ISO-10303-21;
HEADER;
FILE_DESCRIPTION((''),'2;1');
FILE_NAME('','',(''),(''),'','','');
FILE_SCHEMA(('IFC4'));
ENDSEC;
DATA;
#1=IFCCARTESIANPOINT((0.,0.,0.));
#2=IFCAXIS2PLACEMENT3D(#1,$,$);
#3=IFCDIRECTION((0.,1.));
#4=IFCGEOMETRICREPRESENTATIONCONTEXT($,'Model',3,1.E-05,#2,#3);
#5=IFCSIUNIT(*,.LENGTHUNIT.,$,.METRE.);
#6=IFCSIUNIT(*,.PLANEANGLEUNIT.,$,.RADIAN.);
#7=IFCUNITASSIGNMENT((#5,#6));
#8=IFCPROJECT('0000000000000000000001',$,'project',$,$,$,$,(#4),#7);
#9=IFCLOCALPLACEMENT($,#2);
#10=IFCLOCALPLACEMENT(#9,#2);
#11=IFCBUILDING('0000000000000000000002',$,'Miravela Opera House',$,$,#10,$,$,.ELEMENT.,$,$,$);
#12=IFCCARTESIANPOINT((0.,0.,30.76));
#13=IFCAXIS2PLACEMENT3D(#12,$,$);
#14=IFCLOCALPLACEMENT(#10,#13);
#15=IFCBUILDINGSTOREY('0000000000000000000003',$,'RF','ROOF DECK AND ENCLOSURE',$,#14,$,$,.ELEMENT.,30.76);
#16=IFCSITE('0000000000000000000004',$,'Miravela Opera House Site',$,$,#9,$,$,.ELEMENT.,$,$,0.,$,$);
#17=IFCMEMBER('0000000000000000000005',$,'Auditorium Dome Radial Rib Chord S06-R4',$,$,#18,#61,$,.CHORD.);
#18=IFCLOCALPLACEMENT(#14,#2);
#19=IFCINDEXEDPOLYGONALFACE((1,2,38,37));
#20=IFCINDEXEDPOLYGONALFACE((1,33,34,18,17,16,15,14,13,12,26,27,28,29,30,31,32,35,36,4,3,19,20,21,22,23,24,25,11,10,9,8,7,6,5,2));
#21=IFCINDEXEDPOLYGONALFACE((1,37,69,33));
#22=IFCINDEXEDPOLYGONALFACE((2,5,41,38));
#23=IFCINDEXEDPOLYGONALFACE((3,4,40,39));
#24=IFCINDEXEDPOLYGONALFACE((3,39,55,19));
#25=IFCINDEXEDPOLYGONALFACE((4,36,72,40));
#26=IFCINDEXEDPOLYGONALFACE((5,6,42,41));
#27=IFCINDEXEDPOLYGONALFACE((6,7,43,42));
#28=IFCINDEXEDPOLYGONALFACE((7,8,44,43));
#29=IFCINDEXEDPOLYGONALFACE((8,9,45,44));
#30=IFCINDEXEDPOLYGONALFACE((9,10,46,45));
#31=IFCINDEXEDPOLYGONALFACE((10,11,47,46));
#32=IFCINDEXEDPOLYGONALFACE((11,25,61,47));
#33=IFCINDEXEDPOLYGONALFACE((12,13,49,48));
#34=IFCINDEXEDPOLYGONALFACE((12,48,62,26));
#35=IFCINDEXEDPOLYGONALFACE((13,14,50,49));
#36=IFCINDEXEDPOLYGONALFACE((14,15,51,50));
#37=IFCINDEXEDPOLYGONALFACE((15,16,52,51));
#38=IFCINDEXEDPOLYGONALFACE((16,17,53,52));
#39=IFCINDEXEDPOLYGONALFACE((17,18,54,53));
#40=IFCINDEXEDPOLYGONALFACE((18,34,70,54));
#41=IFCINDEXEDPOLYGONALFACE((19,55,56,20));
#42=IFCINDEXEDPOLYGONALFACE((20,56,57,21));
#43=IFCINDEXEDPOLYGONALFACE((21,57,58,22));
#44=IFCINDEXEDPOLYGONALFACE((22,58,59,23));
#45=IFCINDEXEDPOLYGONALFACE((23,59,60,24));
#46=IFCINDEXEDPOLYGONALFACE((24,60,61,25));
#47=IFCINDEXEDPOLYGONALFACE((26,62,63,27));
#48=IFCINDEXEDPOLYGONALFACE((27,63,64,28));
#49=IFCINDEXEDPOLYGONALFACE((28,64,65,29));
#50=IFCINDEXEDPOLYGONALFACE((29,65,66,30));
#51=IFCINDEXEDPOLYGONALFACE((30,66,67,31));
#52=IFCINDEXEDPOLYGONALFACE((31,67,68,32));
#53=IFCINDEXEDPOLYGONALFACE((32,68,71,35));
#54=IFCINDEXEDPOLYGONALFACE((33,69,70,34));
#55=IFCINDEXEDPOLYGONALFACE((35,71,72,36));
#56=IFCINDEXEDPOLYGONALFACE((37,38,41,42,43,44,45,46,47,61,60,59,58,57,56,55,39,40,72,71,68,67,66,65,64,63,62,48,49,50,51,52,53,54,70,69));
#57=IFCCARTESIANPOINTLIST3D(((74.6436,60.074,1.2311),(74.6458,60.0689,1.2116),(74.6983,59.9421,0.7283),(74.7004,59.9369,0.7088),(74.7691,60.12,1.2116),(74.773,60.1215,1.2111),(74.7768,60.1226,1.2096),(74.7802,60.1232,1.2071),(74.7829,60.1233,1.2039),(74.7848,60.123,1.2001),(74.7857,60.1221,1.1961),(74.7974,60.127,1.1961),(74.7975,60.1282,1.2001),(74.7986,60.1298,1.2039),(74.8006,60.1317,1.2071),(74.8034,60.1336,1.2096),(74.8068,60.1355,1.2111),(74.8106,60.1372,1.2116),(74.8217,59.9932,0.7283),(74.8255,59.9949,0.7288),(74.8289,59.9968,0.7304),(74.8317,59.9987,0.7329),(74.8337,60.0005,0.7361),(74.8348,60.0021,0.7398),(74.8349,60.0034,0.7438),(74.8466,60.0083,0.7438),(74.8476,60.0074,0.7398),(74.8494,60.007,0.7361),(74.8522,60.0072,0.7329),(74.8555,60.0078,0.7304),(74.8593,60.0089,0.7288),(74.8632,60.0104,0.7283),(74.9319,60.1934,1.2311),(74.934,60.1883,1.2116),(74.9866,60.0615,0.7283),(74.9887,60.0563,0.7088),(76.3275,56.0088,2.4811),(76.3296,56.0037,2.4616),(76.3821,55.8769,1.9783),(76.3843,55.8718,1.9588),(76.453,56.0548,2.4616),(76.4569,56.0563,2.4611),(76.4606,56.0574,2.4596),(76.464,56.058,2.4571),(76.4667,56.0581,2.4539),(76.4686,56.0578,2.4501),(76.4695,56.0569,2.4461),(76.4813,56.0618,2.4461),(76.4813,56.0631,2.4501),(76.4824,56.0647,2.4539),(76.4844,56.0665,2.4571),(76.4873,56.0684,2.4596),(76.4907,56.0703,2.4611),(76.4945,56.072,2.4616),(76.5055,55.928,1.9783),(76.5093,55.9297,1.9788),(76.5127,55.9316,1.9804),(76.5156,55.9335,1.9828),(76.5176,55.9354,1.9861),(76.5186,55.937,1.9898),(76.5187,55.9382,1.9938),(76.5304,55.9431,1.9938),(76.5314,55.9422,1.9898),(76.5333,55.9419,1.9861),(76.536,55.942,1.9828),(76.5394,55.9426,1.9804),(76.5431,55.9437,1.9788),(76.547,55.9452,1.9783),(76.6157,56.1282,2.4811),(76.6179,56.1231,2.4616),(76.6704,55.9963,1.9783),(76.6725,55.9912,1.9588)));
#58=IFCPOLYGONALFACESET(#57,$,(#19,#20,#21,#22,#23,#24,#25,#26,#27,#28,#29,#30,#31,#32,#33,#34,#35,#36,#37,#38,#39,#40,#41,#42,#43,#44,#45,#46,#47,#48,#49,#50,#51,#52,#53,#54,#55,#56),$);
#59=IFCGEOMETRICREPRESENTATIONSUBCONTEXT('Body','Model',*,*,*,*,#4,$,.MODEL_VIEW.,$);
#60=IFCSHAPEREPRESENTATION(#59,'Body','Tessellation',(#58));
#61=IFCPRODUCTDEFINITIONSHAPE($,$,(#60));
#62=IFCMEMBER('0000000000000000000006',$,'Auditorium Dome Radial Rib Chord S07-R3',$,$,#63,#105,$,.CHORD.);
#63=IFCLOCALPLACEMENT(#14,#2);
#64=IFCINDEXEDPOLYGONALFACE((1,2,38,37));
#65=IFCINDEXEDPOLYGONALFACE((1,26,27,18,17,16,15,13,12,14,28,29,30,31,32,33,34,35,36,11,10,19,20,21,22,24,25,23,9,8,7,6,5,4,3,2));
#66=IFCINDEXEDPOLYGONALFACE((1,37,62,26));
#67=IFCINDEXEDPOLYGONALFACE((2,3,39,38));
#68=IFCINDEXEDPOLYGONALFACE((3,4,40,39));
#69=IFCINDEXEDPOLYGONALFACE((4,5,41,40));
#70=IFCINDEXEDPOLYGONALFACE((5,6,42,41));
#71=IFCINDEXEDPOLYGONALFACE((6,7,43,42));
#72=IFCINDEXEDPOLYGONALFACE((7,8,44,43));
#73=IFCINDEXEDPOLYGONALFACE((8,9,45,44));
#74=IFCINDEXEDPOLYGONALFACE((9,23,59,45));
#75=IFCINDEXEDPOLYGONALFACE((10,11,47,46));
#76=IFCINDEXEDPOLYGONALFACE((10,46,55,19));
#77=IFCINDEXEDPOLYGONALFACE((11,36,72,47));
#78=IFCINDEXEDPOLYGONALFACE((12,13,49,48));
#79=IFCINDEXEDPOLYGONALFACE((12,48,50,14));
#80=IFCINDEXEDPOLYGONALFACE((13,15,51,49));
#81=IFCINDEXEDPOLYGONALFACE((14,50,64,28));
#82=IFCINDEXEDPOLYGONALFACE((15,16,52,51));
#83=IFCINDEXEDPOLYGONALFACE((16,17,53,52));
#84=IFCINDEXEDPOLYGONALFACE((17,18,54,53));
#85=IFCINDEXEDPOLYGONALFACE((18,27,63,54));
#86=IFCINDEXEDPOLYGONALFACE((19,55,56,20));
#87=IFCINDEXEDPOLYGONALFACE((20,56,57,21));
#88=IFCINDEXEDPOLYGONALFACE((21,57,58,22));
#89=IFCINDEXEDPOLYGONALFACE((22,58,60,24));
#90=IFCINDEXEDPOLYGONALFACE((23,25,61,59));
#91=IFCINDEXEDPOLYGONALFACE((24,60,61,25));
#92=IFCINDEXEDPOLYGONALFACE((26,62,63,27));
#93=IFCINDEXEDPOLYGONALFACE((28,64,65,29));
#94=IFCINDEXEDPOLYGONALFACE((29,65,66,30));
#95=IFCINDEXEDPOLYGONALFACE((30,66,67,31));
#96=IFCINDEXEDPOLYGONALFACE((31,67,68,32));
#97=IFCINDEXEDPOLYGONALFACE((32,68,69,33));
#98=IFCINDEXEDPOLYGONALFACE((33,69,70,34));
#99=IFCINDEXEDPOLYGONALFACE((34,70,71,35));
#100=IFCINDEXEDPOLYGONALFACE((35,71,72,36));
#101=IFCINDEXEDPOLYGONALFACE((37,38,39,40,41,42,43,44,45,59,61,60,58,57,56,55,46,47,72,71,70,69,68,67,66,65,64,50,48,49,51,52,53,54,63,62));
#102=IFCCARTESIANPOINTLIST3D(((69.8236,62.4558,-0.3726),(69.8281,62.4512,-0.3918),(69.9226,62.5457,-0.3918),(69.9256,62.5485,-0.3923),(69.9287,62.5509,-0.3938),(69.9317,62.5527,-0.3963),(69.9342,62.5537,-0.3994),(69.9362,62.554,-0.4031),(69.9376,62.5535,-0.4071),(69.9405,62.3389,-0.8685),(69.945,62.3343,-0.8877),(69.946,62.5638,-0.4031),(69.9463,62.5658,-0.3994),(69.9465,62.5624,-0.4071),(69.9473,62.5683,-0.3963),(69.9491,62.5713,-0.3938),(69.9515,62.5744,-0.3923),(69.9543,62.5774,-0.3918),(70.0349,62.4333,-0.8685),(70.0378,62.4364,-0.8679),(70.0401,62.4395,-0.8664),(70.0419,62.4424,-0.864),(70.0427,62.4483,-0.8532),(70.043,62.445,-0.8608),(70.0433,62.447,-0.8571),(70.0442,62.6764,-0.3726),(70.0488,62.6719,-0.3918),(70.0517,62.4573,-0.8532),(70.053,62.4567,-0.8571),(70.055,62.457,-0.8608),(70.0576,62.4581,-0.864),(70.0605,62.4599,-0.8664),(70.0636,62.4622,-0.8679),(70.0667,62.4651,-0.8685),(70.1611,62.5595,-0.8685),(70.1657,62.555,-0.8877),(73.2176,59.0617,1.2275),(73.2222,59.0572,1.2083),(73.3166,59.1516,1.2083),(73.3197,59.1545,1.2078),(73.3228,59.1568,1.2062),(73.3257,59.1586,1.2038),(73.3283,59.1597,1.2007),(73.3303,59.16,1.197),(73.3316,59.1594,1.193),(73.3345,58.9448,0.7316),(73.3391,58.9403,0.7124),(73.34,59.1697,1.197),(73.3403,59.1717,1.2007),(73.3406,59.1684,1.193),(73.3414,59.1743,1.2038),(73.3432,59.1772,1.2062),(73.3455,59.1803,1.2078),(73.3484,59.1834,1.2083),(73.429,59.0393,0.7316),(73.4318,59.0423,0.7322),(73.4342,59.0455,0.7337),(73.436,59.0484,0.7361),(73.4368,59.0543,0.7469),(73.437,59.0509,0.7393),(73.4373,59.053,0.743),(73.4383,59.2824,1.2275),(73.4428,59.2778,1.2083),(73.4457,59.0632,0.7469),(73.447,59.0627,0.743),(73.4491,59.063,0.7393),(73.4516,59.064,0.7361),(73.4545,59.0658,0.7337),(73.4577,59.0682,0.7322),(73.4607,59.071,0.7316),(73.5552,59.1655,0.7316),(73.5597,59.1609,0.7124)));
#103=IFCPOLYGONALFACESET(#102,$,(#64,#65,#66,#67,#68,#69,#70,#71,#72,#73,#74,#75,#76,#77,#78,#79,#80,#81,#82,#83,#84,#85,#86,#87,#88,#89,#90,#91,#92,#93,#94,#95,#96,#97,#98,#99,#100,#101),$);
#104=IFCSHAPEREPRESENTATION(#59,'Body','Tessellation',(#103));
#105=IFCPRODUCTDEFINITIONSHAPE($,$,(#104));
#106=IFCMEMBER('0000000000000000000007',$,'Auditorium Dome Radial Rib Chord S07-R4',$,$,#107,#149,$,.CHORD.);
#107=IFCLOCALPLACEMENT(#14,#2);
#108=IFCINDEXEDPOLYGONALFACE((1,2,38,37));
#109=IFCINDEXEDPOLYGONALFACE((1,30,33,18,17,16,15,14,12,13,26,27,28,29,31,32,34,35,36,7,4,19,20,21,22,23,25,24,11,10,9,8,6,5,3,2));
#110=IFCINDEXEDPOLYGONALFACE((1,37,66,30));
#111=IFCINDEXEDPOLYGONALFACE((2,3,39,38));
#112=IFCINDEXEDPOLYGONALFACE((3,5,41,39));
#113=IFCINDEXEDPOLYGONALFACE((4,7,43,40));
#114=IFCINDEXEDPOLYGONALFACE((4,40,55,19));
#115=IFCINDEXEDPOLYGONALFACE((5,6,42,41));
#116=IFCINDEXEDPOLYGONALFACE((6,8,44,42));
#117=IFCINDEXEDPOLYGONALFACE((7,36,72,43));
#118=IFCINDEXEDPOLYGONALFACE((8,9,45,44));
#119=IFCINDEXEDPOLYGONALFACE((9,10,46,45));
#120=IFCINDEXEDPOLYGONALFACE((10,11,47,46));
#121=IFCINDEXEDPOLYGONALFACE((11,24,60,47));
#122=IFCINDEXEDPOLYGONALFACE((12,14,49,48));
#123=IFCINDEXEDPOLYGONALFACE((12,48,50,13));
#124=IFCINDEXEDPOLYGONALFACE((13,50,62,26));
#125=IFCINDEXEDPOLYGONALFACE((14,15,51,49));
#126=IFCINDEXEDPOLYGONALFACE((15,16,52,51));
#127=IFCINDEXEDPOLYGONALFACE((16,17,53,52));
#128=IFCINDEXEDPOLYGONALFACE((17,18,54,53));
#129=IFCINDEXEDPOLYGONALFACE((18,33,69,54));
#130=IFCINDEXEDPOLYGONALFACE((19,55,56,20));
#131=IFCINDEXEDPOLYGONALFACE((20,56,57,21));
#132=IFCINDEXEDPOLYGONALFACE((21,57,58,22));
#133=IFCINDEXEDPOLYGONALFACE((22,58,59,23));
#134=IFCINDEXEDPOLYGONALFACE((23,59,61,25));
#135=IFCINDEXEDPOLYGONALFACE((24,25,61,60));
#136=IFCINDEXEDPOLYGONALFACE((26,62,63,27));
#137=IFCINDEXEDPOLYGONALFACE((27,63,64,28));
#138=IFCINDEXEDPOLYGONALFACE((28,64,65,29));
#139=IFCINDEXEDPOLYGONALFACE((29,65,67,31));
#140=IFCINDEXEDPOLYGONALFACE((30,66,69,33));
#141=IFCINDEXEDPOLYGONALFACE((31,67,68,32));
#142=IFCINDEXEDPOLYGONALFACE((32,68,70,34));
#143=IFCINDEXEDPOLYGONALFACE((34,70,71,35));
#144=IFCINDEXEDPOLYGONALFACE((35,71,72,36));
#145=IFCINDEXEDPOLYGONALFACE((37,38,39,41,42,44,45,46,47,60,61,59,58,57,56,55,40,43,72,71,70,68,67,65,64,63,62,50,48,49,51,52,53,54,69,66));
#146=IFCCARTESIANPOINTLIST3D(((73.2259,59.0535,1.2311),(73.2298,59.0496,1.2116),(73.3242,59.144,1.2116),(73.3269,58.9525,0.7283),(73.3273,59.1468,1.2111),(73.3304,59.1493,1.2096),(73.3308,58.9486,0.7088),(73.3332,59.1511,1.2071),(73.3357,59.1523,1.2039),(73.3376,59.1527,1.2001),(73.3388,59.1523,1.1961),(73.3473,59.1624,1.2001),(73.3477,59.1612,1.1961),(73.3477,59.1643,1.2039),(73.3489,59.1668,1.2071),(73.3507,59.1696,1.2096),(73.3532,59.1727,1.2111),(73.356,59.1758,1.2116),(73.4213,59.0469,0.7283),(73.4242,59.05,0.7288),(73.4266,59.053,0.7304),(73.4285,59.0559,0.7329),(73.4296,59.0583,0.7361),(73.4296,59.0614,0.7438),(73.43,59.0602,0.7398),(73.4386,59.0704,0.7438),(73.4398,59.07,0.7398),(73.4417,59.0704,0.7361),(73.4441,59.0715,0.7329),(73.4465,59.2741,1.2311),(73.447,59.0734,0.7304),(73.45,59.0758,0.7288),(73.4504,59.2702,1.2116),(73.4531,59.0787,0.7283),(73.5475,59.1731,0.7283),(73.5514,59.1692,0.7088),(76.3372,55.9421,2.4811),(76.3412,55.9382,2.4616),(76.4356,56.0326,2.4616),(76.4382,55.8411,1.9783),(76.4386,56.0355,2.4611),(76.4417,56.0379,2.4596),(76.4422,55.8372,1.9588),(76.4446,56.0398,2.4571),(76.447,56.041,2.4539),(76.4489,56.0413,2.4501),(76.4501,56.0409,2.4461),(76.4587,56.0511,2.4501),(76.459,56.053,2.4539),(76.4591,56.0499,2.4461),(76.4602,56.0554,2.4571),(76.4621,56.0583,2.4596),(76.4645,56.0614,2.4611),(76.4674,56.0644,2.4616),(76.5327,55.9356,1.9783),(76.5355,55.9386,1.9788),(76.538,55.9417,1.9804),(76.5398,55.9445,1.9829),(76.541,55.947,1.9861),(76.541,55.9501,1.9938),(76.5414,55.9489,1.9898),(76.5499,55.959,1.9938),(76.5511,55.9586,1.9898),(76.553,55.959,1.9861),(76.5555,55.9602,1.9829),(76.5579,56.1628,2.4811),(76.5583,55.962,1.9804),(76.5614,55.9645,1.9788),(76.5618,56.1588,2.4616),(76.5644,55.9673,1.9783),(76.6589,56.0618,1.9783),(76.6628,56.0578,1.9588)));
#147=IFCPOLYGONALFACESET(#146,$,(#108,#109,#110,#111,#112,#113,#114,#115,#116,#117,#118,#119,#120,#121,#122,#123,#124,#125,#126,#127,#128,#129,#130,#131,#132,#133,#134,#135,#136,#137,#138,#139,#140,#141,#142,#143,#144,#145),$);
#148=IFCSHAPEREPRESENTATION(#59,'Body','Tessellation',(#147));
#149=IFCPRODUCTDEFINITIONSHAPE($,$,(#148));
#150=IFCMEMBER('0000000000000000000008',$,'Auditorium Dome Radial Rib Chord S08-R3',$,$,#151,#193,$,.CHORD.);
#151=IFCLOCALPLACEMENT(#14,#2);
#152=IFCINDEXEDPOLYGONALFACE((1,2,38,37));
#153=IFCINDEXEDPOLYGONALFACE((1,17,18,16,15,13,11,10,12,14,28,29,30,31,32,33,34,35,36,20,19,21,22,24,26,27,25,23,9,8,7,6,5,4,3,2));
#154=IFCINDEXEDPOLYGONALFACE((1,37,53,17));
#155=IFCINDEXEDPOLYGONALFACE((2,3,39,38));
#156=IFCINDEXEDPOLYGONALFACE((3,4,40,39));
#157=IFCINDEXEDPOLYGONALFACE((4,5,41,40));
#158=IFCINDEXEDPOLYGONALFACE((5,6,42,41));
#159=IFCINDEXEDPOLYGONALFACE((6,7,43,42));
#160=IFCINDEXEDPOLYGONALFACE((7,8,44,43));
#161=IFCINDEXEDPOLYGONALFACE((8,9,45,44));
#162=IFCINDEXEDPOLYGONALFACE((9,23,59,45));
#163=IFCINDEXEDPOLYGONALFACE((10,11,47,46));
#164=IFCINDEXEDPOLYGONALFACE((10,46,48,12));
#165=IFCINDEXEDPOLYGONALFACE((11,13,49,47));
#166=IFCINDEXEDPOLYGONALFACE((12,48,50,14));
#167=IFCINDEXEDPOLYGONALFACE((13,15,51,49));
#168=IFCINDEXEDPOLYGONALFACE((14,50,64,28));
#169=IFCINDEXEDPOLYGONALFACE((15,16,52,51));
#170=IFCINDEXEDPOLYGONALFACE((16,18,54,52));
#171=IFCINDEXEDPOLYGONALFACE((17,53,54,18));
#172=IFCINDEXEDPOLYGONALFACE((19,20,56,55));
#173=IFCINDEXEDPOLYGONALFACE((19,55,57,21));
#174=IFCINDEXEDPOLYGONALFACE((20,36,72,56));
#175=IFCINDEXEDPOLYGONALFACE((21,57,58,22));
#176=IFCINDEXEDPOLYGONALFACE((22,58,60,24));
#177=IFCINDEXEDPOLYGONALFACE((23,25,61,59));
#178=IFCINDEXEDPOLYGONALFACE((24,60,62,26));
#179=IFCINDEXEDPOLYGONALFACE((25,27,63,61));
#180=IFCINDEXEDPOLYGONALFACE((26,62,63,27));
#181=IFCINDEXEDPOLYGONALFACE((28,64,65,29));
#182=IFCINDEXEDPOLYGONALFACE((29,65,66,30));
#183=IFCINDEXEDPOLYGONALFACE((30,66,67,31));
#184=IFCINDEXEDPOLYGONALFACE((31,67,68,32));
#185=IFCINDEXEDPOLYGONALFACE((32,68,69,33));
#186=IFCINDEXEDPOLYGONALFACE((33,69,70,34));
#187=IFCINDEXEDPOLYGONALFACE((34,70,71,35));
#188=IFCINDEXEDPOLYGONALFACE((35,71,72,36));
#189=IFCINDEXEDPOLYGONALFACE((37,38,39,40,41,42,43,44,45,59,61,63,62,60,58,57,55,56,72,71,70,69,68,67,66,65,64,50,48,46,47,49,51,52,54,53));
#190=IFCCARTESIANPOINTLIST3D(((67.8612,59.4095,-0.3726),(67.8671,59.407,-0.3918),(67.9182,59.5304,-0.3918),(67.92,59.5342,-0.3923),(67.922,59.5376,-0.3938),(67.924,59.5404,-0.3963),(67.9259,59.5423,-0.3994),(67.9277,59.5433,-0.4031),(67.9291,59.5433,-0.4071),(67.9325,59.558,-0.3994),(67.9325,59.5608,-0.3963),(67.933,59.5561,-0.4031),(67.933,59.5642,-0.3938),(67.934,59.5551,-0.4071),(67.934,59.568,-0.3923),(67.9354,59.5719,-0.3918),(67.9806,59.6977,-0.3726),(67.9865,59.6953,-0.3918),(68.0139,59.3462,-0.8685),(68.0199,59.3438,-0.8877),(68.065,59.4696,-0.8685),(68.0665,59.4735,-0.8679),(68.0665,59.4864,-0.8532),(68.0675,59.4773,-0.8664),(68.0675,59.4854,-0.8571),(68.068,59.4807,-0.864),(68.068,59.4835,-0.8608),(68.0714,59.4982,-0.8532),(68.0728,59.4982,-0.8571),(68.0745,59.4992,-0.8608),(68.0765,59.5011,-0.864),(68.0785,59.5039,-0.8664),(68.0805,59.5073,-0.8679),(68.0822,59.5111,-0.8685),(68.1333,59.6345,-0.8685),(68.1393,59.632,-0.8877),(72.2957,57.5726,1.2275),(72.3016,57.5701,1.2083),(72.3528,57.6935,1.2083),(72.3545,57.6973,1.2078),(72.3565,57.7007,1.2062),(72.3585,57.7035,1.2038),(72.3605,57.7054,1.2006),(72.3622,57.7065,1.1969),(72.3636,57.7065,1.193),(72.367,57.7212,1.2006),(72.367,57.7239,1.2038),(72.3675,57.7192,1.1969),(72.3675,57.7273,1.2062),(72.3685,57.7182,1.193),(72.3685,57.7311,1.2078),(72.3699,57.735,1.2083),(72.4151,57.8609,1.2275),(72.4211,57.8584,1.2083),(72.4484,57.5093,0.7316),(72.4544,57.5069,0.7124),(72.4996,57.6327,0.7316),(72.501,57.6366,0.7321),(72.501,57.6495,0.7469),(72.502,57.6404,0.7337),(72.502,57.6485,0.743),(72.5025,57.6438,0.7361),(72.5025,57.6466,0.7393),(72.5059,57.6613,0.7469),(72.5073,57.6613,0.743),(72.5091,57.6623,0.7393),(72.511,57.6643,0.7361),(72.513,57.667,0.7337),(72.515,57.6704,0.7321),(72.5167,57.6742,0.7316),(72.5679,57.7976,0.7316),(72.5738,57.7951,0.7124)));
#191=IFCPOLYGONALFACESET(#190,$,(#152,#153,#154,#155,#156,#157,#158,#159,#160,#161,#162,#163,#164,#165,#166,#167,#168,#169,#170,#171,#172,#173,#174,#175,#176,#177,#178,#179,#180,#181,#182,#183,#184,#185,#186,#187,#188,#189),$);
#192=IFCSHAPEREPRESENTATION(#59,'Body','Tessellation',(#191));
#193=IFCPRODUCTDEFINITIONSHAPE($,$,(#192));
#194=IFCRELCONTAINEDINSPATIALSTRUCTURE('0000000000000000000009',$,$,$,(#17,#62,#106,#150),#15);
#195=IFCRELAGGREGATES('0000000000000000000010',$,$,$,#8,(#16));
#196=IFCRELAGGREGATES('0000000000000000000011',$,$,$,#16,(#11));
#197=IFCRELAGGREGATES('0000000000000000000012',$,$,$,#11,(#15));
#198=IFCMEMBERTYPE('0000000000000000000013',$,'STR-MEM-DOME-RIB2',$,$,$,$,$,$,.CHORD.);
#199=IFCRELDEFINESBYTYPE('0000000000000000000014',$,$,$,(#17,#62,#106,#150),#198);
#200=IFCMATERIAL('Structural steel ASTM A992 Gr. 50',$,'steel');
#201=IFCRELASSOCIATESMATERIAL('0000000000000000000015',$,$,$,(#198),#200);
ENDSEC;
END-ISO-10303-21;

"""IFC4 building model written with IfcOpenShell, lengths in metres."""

from ifc_helpers import new_model, si_unit, direction, frame, origin, origin_2d, place, context, subcontext, project, spatial, i_section, extrude, material, material_profile, profile_set, type_object, element, save


model = new_model("IFC4")

# Units and contexts
model_context = context("Model", 3, precision=1e-05, world=origin(), true_north=direction((0.0, 1.0)))
body_context = subcontext(model_context, "Body", "Model", "MODEL_VIEW")
ifc_project = project(units=[si_unit("LENGTHUNIT", "METRE"), si_unit("PLANEANGLEUNIT", "RADIAN")], contexts=[model_context])

# Site, building, storey
site_placement = place(None, origin())
site = spatial("IfcSite", under=ifc_project, at=site_placement, Name="Miravela Opera House Site", CompositionType="ELEMENT", RefElevation=0.0)
building_placement = place(site_placement, origin())
building = spatial("IfcBuilding", under=site, at=building_placement, Name="Miravela Opera House", CompositionType="ELEMENT")
storey_placement = place(building_placement, frame((0.0, 0.0, 30.76)))
storey = spatial("IfcBuildingStorey", under=building, at=storey_placement, Name="RF", Description="ROOF DECK AND ENCLOSURE", CompositionType="ELEMENT", Elevation=30.76)

# Shared definitions
ifc_material_1 = material(Name="Structural steel ASTM A992 Gr. 50", Category="steel")

# Members
ifc_material_profile_1 = material_profile(ifc_material_1, i_section(OverallWidth=0.312, OverallDepth=0.543, WebThickness=0.0127, FlangeThickness=0.0203, FilletRadius=0.0161, at=origin_2d()), Name="W530X150")
ifc_profile_set_1 = profile_set([ifc_material_profile_1])
member_type_1 = type_object("IfcMemberType", Name="STR-MEM-DOME-RIB2", PredefinedType="CHORD", material=ifc_profile_set_1)
member_1_placement = place(storey_placement, frame((74.8162, 60.0652, 0.97), z_axis=(0.368114, -0.888715, 0.27327), x_axis=(0.923881, 0.38268, 0.0)))
element("IfcMember", 1, at=member_1_placement, inside=storey, type_object=member_type_1, Name="Auditorium Dome Radial Rib Chord S06-R4", PredefinedType="CHORD", context=body_context, shape_type="SweptSolid", body=[
    extrude(i_section(OverallWidth=0.312, OverallDepth=0.543, WebThickness=0.0127, FlangeThickness=0.0203, FilletRadius=0.0161, at=origin_2d()), origin(), (0.0, 0.0, 1.0), 4.5742),
])
member_2_placement = place(storey_placement, frame((69.9946, 62.5054, -0.6301), z_axis=(0.670815, -0.670815, 0.316251), x_axis=(0.707107, 0.707107, 0.0)))
element("IfcMember", 2, at=member_2_placement, inside=storey, type_object=member_type_1, Name="Auditorium Dome Radial Rib Chord S07-R3", PredefinedType="CHORD", context=body_context, shape_type="SweptSolid", body=[
    extrude(i_section(OverallWidth=0.312, OverallDepth=0.543, WebThickness=0.0127, FlangeThickness=0.0203, FilletRadius=0.0161, at=origin_2d()), origin(), (0.0, 0.0, 1.0), 5.0596),
])
member_3_placement = place(storey_placement, frame((73.3887, 59.1113, 0.97), z_axis=(0.680192, -0.680192, 0.273272), x_axis=(0.707107, 0.707107, 0.0)))
element("IfcMember", 3, at=member_3_placement, inside=storey, type_object=member_type_1, Name="Auditorium Dome Radial Rib Chord S07-R4", PredefinedType="CHORD", context=body_context, shape_type="SweptSolid", body=[
    extrude(i_section(OverallWidth=0.312, OverallDepth=0.543, WebThickness=0.0127, FlangeThickness=0.0203, FilletRadius=0.0161, at=origin_2d()), origin(), (0.0, 0.0, 1.0), 4.5742),
])
member_4_placement = place(storey_placement, frame((68.0002, 59.5208, -0.6301), z_axis=(0.876459, -0.363052, 0.316247), x_axis=(0.382693, 0.923875, 0.0)))
element("IfcMember", 4, at=member_4_placement, inside=storey, type_object=member_type_1, Name="Auditorium Dome Radial Rib Chord S08-R3", PredefinedType="CHORD", context=body_context, shape_type="SweptSolid", body=[
    extrude(i_section(OverallWidth=0.312, OverallDepth=0.543, WebThickness=0.0127, FlangeThickness=0.0203, FilletRadius=0.0161, at=origin_2d()), origin(), (0.0, 0.0, 1.0), 5.0596),
])

save(model, "model.ifc")
